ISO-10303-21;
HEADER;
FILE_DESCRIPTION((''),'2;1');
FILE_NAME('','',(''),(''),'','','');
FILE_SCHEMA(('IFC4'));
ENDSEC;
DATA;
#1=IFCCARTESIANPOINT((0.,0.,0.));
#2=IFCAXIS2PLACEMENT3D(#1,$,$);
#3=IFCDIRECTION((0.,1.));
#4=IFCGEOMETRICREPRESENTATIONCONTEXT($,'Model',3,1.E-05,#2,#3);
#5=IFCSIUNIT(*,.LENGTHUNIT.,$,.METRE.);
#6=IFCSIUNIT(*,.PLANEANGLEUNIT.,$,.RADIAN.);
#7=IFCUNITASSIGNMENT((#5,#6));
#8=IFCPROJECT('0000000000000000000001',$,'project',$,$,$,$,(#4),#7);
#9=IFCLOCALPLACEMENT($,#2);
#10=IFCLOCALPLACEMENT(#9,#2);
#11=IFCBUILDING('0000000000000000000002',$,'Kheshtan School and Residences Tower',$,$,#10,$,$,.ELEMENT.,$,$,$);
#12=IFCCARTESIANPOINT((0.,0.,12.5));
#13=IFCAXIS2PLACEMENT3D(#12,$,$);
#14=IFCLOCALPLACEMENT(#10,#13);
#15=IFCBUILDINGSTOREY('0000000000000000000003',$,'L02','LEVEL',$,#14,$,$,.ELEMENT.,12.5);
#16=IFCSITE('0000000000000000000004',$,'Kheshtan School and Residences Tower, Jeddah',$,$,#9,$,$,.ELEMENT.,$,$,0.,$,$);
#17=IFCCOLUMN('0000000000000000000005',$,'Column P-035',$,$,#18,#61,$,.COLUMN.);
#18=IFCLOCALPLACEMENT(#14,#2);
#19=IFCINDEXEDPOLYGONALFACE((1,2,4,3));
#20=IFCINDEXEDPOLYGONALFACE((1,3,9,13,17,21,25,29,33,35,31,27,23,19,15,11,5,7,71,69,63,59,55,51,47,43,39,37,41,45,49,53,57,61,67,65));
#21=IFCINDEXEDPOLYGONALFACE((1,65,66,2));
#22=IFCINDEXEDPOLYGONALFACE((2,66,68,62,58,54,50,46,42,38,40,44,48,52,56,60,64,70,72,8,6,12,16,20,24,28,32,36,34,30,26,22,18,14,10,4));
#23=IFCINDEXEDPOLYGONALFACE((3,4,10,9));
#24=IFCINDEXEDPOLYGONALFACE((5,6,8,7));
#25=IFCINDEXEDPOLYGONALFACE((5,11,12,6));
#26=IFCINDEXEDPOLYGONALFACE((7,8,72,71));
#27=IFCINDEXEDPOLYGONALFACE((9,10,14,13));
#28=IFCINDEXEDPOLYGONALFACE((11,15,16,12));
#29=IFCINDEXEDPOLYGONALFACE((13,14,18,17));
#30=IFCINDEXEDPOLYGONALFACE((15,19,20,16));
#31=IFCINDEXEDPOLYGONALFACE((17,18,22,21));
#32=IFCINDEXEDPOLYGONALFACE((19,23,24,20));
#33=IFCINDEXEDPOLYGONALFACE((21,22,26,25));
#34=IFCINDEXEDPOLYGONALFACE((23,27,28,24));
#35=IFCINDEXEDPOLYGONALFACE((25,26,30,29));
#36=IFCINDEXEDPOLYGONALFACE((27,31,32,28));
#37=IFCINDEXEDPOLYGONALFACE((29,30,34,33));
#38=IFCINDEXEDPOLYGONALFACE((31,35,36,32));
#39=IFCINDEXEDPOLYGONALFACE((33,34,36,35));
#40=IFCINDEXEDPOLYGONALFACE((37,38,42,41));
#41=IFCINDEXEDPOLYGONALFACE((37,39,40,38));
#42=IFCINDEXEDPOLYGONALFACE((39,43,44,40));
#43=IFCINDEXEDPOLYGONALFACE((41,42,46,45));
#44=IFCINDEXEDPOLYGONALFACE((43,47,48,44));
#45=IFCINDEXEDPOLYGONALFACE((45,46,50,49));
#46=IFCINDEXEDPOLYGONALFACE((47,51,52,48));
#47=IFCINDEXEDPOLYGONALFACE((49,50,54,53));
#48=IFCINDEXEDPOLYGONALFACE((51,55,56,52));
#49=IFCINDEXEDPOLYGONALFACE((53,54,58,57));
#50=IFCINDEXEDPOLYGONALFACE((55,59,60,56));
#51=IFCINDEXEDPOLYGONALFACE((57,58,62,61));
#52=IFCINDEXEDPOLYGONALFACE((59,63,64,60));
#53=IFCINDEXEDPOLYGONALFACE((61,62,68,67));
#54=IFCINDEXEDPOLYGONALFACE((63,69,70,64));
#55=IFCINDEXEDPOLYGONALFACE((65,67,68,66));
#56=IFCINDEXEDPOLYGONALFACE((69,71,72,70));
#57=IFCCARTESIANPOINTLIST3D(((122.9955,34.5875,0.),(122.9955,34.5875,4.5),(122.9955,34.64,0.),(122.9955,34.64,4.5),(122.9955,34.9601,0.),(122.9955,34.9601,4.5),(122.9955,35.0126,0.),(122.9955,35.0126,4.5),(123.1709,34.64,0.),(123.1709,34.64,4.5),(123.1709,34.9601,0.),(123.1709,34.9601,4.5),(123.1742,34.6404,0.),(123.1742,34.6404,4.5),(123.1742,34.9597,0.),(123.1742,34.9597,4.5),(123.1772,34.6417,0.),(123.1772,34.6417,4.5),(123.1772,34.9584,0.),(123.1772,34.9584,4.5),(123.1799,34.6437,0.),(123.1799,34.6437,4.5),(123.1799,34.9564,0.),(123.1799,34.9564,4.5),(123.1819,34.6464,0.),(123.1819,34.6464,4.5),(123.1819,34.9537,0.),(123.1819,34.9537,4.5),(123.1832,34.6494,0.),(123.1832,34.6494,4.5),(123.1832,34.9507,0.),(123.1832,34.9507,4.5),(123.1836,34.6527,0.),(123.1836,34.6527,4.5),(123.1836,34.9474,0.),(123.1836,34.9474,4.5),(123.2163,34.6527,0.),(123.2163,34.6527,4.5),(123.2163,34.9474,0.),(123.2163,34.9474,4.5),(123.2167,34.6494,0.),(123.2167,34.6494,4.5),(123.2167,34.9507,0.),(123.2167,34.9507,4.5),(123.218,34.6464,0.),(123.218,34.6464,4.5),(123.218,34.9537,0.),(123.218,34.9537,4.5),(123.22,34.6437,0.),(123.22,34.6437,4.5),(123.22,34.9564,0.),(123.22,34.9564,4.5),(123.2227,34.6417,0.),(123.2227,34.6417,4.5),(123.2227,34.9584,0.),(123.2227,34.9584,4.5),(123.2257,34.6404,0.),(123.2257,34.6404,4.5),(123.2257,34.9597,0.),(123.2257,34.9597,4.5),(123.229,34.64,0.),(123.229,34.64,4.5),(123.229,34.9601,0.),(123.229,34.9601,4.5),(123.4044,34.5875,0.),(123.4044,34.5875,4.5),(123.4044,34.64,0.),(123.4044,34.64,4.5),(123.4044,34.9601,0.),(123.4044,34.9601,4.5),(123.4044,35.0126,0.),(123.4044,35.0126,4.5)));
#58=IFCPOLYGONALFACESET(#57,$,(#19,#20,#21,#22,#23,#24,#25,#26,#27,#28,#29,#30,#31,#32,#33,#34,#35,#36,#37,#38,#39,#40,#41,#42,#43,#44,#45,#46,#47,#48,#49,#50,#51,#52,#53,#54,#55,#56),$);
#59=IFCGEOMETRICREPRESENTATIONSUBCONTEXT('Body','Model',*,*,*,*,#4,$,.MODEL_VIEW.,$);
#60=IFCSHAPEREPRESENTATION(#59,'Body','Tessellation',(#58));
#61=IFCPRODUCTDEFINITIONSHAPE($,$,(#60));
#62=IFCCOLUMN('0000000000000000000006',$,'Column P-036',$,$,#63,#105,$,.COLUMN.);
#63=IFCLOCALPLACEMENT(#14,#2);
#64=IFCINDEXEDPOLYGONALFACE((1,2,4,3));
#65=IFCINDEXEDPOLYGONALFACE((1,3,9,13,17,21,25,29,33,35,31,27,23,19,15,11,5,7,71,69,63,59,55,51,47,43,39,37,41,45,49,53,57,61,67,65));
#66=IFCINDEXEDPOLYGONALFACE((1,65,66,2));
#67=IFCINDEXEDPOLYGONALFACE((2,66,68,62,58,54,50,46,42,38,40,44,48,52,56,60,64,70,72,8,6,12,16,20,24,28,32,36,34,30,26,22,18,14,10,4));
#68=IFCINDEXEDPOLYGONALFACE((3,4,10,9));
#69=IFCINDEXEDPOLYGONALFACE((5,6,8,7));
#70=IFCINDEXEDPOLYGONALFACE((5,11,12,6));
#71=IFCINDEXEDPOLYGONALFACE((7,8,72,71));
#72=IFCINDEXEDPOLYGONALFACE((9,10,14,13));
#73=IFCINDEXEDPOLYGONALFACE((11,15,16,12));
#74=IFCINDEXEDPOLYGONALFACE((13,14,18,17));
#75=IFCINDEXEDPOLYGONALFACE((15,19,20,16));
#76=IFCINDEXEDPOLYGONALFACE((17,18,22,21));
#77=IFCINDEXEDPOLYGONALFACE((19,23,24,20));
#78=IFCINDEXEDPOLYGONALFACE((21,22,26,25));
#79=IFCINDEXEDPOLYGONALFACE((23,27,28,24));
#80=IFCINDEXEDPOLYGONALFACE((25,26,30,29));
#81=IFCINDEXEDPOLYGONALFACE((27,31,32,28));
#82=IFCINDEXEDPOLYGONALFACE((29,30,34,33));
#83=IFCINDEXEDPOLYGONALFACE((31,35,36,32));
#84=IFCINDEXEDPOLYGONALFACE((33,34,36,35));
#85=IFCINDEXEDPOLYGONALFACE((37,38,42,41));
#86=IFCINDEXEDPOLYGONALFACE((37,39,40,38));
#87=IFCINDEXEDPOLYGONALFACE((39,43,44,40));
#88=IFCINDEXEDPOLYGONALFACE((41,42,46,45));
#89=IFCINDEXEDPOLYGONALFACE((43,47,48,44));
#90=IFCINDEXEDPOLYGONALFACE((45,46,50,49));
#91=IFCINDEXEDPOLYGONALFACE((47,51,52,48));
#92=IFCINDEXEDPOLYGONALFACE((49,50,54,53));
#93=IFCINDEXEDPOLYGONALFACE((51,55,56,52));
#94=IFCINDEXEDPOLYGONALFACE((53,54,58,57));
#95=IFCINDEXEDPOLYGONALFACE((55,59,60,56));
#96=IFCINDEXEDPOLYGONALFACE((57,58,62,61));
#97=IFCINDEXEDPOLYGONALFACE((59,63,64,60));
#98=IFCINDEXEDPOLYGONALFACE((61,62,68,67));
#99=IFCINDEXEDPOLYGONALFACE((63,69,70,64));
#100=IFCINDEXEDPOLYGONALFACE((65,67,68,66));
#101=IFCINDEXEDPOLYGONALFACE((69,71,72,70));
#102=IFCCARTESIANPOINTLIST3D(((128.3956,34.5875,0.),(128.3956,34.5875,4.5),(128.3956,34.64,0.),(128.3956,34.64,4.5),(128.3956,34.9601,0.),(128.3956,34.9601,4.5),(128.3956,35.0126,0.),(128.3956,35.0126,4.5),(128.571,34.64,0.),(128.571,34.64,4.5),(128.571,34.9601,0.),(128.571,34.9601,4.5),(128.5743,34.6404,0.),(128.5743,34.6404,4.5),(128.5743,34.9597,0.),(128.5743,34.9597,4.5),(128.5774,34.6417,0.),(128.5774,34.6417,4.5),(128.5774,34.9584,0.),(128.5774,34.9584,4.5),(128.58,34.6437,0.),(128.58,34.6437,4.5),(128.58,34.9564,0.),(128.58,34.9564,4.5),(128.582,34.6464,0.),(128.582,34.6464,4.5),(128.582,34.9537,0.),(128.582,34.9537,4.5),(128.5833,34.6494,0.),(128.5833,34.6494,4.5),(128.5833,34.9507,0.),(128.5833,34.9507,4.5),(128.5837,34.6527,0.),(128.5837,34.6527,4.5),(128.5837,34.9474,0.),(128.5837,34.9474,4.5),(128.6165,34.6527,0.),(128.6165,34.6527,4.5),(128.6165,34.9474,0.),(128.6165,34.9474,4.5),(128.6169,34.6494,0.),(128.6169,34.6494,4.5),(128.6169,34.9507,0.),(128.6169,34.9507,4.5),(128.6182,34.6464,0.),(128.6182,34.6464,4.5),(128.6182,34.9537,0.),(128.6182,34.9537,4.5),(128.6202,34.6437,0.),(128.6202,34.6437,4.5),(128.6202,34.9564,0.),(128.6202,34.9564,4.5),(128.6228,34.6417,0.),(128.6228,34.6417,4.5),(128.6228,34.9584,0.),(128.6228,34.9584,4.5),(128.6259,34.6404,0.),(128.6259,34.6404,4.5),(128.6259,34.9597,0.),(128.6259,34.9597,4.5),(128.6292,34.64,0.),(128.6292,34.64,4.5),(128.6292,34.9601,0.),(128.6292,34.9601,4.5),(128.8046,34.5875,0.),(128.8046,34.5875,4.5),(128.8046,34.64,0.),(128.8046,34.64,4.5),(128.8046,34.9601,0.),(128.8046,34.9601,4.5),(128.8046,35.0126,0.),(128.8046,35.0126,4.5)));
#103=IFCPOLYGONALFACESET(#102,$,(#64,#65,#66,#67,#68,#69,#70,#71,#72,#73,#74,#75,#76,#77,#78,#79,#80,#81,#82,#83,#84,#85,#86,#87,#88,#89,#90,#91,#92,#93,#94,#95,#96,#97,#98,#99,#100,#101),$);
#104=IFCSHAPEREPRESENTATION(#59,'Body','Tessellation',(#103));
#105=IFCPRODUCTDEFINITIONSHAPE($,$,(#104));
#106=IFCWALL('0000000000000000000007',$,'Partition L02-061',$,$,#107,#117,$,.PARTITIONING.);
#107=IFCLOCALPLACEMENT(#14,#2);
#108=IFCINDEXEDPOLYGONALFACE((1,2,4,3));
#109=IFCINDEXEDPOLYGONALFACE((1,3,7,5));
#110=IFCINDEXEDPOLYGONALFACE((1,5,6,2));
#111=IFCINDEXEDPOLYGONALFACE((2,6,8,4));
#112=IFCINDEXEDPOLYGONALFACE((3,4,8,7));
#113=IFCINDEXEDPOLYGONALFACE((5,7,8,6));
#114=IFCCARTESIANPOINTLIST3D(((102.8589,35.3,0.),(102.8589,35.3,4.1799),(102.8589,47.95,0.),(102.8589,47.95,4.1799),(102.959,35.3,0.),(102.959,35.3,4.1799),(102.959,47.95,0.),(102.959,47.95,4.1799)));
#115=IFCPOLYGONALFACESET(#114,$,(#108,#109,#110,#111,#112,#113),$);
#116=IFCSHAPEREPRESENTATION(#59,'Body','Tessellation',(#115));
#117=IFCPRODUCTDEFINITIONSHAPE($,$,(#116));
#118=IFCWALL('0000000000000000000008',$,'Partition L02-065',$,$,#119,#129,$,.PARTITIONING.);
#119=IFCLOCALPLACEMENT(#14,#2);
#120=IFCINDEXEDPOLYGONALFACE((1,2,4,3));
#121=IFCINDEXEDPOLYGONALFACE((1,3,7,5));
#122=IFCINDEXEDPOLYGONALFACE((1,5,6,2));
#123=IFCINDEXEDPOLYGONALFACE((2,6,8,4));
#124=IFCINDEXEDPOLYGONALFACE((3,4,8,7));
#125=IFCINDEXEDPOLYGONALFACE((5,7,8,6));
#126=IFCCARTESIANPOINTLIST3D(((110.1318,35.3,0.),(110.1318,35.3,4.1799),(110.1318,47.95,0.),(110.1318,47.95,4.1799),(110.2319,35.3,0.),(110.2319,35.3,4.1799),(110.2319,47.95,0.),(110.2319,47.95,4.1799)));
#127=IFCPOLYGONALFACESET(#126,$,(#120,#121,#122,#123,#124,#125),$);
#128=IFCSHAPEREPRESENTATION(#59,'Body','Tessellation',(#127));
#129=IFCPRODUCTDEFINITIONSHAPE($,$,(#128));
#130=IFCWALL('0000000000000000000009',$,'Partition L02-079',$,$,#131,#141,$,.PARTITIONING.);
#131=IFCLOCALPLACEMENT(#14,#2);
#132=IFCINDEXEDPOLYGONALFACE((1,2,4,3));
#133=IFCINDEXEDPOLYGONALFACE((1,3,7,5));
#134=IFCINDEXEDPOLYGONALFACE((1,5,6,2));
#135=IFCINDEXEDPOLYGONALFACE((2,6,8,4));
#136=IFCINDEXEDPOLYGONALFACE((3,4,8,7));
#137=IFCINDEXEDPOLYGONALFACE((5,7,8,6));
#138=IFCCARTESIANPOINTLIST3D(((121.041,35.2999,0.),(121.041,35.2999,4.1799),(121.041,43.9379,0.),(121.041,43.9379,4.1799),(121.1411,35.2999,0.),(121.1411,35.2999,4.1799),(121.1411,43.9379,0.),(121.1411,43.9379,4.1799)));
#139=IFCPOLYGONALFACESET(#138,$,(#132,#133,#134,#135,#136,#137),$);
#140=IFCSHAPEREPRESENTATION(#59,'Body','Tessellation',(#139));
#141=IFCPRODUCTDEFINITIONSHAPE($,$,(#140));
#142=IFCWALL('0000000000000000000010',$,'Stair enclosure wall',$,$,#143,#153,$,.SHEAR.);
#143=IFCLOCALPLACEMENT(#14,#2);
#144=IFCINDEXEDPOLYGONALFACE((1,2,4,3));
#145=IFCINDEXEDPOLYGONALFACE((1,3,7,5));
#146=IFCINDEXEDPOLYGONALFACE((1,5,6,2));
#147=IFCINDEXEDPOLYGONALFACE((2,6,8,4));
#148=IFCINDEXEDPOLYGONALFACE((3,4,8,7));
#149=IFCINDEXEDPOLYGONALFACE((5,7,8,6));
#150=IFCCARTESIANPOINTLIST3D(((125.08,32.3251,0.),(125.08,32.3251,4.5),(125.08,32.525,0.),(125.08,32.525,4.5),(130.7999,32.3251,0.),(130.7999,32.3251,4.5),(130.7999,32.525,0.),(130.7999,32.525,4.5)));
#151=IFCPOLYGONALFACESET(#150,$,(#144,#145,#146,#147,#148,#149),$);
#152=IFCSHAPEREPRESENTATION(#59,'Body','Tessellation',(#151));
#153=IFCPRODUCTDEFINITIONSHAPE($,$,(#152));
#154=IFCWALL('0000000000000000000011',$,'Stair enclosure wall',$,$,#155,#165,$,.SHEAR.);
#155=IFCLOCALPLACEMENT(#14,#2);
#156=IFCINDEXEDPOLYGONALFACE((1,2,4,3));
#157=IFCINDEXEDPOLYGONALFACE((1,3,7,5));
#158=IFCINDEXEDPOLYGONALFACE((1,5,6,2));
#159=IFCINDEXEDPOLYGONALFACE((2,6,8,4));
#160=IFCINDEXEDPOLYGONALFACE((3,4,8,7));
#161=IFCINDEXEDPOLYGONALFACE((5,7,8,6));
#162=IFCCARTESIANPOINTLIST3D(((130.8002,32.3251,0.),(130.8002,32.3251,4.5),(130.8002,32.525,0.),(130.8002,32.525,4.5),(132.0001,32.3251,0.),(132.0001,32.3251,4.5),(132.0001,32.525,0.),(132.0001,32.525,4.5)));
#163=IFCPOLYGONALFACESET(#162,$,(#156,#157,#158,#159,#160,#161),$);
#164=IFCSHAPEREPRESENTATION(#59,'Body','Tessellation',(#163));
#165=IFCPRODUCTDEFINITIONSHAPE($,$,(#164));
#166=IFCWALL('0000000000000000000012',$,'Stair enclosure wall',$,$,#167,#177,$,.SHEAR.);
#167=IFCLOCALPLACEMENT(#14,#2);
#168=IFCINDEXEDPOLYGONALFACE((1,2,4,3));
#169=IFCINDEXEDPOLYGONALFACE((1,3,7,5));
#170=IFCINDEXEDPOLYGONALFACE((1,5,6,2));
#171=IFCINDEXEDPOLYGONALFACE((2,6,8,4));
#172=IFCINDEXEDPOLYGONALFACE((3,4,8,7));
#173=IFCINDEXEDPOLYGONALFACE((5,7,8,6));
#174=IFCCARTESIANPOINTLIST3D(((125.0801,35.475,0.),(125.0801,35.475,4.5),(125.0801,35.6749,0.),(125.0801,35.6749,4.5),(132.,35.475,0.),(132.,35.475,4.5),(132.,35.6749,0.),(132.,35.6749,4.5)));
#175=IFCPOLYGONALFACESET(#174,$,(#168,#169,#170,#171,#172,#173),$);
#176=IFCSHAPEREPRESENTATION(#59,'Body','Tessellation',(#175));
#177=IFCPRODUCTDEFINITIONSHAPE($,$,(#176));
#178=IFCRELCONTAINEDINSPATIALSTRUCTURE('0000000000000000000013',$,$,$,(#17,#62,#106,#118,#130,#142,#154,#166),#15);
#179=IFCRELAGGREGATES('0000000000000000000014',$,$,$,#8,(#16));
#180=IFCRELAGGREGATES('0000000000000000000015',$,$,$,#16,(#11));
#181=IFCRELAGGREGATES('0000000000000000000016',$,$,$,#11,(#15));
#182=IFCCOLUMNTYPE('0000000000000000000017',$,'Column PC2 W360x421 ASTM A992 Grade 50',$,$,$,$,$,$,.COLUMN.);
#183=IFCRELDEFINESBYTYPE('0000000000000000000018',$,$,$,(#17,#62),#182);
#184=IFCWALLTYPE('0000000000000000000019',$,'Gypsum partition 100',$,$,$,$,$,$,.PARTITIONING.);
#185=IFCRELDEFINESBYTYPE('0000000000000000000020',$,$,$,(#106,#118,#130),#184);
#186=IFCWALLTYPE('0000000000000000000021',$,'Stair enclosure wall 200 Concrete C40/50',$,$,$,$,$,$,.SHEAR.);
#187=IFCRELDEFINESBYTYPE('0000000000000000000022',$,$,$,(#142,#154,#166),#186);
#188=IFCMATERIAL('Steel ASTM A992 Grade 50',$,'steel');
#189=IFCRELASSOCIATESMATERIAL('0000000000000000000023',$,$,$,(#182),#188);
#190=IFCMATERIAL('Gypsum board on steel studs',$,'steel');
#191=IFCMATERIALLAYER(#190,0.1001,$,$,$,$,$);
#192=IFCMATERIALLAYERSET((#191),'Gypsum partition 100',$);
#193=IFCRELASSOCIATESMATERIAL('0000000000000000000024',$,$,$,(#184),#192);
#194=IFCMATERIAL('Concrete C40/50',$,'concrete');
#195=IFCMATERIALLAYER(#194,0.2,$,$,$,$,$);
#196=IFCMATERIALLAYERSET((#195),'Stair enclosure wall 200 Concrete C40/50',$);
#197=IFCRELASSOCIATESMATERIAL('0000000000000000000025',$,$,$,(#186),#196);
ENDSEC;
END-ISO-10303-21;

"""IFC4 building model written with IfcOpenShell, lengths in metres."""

from ifc_helpers import new_model, si_unit, direction, frame, frame_2d, origin, origin_2d, place, context, subcontext, project, spatial, rectangle, i_section, extrude, material, layer, layer_set, material_profile, profile_set, type_object, element, save


model = new_model("IFC4")

# Units and contexts
model_context = context("Model", 3, precision=1e-05, world=origin(), true_north=direction((0.0, 1.0)))
body_context = subcontext(model_context, "Body", "Model", "MODEL_VIEW")
ifc_project = project(units=[si_unit("LENGTHUNIT", "METRE"), si_unit("PLANEANGLEUNIT", "RADIAN")], contexts=[model_context])

# Site, building, storey
site_placement = place(None, origin())
site = spatial("IfcSite", under=ifc_project, at=site_placement, Name="Kheshtan School and Residences Tower, Jeddah", CompositionType="ELEMENT", RefElevation=0.0)
building_placement = place(site_placement, origin())
building = spatial("IfcBuilding", under=site, at=building_placement, Name="Kheshtan School and Residences Tower", CompositionType="ELEMENT")
storey_placement = place(building_placement, frame((0.0, 0.0, 12.5)))
storey = spatial("IfcBuildingStorey", under=building, at=storey_placement, Name="L02", Description="LEVEL", CompositionType="ELEMENT", Elevation=12.5)

# Columns
ifc_material_1 = material(Name="Steel ASTM A992 Grade 50", Category="steel")
ifc_material_profile = material_profile(ifc_material_1, i_section(OverallWidth=0.4089, OverallDepth=0.425, WebThickness=0.0327, FlangeThickness=0.0525, FilletRadius=0.0127, at=origin_2d()), Name="W360x421")
ifc_profile_set = profile_set([ifc_material_profile], Name="Steel ASTM A992 Grade 50")
column_type = type_object("IfcColumnType", Name="Column PC2 W360x421 ASTM A992 Grade 50", PredefinedType="COLUMN", material=ifc_profile_set)
for number, where, z_axis, x_axis, name in (
    (1, (123.2, 34.8, 0.0), (0.0, 0.0, 1.0), (1.0, 0.0, 0.0), "Column P-035"),
    (2, (128.6001, 34.8, 0.0), (0.0, 0.0, 1.0), (1.0, 0.0, 0.0), "Column P-036"),
):
    element("IfcColumn", number, at=place(storey_placement, frame(where, z_axis=z_axis, x_axis=x_axis)), inside=storey, type_object=column_type, Name=name, PredefinedType="COLUMN", context=body_context, shape_type="SweptSolid", body=[
        extrude(i_section(OverallWidth=0.4089, OverallDepth=0.425, WebThickness=0.0327, FlangeThickness=0.0525, FilletRadius=0.0127, at=origin_2d()), origin(), (0.0, 0.0, 1.0), 4.5),
    ])

# Walls
ifc_material_2 = material(Name="Gypsum board on steel studs", Category="steel")
ifc_layer_1 = layer(ifc_material_2, 0.1001)
ifc_layer_set_1 = layer_set([ifc_layer_1], Name="Gypsum partition 100")
wall_type_1 = type_object("IfcWallType", Name="Gypsum partition 100", PredefinedType="PARTITIONING", material=ifc_layer_set_1)
for number, where, z_axis, x_axis, name in (
    (3, (102.9089, 35.3, 0.0), (0.0, 0.0, 1.0), (0.0, 1.0, 0.0), "Partition L02-061"),
    (4, (110.1819, 35.3, 0.0), (0.0, 0.0, 1.0), (0.0, 1.0, 0.0), "Partition L02-065"),
):
    element("IfcWall", number, at=place(storey_placement, frame(where, z_axis=z_axis, x_axis=x_axis)), inside=storey, type_object=wall_type_1, Name=name, PredefinedType="PARTITIONING", context=body_context, shape_type="SweptSolid", body=[
        extrude(rectangle(XDim=12.6499, YDim=0.1001, at=frame_2d((6.325, 0.0))), origin(), (0.0, 0.0, 1.0), 4.1799),
    ])
wall_1_placement = place(storey_placement, frame((121.0911, 35.3, 0.0), z_axis=(0.0, 0.0, 1.0), x_axis=(0.0, 1.0, 0.0)))
element("IfcWall", 5, at=wall_1_placement, inside=storey, type_object=wall_type_1, Name="Partition L02-079", PredefinedType="PARTITIONING", context=body_context, shape_type="SweptSolid", body=[
    extrude(rectangle(XDim=8.6379, YDim=0.1001, at=frame_2d((4.3188, 0.0))), origin(), (0.0, 0.0, 1.0), 4.1799),
])
ifc_material_3 = material(Name="Concrete C40/50", Category="concrete")
ifc_layer_2 = layer(ifc_material_3, 0.2)
ifc_layer_set_2 = layer_set([ifc_layer_2], Name="Stair enclosure wall 200 Concrete C40/50")
wall_type_2 = type_object("IfcWallType", Name="Stair enclosure wall 200 Concrete C40/50", PredefinedType="SHEAR", material=ifc_layer_set_2)
wall_2_placement = place(storey_placement, frame((125.0801, 32.425, 0.0), z_axis=(0.0, 0.0, 1.0), x_axis=(1.0, 0.0, 0.0)))
element("IfcWall", 6, at=wall_2_placement, inside=storey, type_object=wall_type_2, Name="Stair enclosure wall", PredefinedType="SHEAR", context=body_context, shape_type="SweptSolid", body=[
    extrude(rectangle(XDim=5.72, YDim=0.2, at=frame_2d((2.8599, 0.0))), origin(), (0.0, 0.0, 1.0), 4.5),
])
wall_3_placement = place(storey_placement, frame((130.8, 32.425, 0.0), z_axis=(0.0, 0.0, 1.0), x_axis=(1.0, 0.0, 0.0)))
element("IfcWall", 7, at=wall_3_placement, inside=storey, type_object=wall_type_2, Name="Stair enclosure wall", PredefinedType="SHEAR", context=body_context, shape_type="SweptSolid", body=[
    extrude(rectangle(XDim=1.2, YDim=0.2, at=frame_2d((0.6001, 0.0))), origin(), (0.0, 0.0, 1.0), 4.5),
])
wall_4_placement = place(storey_placement, frame((125.0801, 35.575, 0.0), z_axis=(0.0, 0.0, 1.0), x_axis=(1.0, 0.0, 0.0)))
element("IfcWall", 8, at=wall_4_placement, inside=storey, type_object=wall_type_2, Name="Stair enclosure wall", PredefinedType="SHEAR", context=body_context, shape_type="SweptSolid", body=[
    extrude(rectangle(XDim=6.9199, YDim=0.2, at=frame_2d((3.46, 0.0))), origin(), (0.0, 0.0, 1.0), 4.5),
])

save(model, "model.ifc")
